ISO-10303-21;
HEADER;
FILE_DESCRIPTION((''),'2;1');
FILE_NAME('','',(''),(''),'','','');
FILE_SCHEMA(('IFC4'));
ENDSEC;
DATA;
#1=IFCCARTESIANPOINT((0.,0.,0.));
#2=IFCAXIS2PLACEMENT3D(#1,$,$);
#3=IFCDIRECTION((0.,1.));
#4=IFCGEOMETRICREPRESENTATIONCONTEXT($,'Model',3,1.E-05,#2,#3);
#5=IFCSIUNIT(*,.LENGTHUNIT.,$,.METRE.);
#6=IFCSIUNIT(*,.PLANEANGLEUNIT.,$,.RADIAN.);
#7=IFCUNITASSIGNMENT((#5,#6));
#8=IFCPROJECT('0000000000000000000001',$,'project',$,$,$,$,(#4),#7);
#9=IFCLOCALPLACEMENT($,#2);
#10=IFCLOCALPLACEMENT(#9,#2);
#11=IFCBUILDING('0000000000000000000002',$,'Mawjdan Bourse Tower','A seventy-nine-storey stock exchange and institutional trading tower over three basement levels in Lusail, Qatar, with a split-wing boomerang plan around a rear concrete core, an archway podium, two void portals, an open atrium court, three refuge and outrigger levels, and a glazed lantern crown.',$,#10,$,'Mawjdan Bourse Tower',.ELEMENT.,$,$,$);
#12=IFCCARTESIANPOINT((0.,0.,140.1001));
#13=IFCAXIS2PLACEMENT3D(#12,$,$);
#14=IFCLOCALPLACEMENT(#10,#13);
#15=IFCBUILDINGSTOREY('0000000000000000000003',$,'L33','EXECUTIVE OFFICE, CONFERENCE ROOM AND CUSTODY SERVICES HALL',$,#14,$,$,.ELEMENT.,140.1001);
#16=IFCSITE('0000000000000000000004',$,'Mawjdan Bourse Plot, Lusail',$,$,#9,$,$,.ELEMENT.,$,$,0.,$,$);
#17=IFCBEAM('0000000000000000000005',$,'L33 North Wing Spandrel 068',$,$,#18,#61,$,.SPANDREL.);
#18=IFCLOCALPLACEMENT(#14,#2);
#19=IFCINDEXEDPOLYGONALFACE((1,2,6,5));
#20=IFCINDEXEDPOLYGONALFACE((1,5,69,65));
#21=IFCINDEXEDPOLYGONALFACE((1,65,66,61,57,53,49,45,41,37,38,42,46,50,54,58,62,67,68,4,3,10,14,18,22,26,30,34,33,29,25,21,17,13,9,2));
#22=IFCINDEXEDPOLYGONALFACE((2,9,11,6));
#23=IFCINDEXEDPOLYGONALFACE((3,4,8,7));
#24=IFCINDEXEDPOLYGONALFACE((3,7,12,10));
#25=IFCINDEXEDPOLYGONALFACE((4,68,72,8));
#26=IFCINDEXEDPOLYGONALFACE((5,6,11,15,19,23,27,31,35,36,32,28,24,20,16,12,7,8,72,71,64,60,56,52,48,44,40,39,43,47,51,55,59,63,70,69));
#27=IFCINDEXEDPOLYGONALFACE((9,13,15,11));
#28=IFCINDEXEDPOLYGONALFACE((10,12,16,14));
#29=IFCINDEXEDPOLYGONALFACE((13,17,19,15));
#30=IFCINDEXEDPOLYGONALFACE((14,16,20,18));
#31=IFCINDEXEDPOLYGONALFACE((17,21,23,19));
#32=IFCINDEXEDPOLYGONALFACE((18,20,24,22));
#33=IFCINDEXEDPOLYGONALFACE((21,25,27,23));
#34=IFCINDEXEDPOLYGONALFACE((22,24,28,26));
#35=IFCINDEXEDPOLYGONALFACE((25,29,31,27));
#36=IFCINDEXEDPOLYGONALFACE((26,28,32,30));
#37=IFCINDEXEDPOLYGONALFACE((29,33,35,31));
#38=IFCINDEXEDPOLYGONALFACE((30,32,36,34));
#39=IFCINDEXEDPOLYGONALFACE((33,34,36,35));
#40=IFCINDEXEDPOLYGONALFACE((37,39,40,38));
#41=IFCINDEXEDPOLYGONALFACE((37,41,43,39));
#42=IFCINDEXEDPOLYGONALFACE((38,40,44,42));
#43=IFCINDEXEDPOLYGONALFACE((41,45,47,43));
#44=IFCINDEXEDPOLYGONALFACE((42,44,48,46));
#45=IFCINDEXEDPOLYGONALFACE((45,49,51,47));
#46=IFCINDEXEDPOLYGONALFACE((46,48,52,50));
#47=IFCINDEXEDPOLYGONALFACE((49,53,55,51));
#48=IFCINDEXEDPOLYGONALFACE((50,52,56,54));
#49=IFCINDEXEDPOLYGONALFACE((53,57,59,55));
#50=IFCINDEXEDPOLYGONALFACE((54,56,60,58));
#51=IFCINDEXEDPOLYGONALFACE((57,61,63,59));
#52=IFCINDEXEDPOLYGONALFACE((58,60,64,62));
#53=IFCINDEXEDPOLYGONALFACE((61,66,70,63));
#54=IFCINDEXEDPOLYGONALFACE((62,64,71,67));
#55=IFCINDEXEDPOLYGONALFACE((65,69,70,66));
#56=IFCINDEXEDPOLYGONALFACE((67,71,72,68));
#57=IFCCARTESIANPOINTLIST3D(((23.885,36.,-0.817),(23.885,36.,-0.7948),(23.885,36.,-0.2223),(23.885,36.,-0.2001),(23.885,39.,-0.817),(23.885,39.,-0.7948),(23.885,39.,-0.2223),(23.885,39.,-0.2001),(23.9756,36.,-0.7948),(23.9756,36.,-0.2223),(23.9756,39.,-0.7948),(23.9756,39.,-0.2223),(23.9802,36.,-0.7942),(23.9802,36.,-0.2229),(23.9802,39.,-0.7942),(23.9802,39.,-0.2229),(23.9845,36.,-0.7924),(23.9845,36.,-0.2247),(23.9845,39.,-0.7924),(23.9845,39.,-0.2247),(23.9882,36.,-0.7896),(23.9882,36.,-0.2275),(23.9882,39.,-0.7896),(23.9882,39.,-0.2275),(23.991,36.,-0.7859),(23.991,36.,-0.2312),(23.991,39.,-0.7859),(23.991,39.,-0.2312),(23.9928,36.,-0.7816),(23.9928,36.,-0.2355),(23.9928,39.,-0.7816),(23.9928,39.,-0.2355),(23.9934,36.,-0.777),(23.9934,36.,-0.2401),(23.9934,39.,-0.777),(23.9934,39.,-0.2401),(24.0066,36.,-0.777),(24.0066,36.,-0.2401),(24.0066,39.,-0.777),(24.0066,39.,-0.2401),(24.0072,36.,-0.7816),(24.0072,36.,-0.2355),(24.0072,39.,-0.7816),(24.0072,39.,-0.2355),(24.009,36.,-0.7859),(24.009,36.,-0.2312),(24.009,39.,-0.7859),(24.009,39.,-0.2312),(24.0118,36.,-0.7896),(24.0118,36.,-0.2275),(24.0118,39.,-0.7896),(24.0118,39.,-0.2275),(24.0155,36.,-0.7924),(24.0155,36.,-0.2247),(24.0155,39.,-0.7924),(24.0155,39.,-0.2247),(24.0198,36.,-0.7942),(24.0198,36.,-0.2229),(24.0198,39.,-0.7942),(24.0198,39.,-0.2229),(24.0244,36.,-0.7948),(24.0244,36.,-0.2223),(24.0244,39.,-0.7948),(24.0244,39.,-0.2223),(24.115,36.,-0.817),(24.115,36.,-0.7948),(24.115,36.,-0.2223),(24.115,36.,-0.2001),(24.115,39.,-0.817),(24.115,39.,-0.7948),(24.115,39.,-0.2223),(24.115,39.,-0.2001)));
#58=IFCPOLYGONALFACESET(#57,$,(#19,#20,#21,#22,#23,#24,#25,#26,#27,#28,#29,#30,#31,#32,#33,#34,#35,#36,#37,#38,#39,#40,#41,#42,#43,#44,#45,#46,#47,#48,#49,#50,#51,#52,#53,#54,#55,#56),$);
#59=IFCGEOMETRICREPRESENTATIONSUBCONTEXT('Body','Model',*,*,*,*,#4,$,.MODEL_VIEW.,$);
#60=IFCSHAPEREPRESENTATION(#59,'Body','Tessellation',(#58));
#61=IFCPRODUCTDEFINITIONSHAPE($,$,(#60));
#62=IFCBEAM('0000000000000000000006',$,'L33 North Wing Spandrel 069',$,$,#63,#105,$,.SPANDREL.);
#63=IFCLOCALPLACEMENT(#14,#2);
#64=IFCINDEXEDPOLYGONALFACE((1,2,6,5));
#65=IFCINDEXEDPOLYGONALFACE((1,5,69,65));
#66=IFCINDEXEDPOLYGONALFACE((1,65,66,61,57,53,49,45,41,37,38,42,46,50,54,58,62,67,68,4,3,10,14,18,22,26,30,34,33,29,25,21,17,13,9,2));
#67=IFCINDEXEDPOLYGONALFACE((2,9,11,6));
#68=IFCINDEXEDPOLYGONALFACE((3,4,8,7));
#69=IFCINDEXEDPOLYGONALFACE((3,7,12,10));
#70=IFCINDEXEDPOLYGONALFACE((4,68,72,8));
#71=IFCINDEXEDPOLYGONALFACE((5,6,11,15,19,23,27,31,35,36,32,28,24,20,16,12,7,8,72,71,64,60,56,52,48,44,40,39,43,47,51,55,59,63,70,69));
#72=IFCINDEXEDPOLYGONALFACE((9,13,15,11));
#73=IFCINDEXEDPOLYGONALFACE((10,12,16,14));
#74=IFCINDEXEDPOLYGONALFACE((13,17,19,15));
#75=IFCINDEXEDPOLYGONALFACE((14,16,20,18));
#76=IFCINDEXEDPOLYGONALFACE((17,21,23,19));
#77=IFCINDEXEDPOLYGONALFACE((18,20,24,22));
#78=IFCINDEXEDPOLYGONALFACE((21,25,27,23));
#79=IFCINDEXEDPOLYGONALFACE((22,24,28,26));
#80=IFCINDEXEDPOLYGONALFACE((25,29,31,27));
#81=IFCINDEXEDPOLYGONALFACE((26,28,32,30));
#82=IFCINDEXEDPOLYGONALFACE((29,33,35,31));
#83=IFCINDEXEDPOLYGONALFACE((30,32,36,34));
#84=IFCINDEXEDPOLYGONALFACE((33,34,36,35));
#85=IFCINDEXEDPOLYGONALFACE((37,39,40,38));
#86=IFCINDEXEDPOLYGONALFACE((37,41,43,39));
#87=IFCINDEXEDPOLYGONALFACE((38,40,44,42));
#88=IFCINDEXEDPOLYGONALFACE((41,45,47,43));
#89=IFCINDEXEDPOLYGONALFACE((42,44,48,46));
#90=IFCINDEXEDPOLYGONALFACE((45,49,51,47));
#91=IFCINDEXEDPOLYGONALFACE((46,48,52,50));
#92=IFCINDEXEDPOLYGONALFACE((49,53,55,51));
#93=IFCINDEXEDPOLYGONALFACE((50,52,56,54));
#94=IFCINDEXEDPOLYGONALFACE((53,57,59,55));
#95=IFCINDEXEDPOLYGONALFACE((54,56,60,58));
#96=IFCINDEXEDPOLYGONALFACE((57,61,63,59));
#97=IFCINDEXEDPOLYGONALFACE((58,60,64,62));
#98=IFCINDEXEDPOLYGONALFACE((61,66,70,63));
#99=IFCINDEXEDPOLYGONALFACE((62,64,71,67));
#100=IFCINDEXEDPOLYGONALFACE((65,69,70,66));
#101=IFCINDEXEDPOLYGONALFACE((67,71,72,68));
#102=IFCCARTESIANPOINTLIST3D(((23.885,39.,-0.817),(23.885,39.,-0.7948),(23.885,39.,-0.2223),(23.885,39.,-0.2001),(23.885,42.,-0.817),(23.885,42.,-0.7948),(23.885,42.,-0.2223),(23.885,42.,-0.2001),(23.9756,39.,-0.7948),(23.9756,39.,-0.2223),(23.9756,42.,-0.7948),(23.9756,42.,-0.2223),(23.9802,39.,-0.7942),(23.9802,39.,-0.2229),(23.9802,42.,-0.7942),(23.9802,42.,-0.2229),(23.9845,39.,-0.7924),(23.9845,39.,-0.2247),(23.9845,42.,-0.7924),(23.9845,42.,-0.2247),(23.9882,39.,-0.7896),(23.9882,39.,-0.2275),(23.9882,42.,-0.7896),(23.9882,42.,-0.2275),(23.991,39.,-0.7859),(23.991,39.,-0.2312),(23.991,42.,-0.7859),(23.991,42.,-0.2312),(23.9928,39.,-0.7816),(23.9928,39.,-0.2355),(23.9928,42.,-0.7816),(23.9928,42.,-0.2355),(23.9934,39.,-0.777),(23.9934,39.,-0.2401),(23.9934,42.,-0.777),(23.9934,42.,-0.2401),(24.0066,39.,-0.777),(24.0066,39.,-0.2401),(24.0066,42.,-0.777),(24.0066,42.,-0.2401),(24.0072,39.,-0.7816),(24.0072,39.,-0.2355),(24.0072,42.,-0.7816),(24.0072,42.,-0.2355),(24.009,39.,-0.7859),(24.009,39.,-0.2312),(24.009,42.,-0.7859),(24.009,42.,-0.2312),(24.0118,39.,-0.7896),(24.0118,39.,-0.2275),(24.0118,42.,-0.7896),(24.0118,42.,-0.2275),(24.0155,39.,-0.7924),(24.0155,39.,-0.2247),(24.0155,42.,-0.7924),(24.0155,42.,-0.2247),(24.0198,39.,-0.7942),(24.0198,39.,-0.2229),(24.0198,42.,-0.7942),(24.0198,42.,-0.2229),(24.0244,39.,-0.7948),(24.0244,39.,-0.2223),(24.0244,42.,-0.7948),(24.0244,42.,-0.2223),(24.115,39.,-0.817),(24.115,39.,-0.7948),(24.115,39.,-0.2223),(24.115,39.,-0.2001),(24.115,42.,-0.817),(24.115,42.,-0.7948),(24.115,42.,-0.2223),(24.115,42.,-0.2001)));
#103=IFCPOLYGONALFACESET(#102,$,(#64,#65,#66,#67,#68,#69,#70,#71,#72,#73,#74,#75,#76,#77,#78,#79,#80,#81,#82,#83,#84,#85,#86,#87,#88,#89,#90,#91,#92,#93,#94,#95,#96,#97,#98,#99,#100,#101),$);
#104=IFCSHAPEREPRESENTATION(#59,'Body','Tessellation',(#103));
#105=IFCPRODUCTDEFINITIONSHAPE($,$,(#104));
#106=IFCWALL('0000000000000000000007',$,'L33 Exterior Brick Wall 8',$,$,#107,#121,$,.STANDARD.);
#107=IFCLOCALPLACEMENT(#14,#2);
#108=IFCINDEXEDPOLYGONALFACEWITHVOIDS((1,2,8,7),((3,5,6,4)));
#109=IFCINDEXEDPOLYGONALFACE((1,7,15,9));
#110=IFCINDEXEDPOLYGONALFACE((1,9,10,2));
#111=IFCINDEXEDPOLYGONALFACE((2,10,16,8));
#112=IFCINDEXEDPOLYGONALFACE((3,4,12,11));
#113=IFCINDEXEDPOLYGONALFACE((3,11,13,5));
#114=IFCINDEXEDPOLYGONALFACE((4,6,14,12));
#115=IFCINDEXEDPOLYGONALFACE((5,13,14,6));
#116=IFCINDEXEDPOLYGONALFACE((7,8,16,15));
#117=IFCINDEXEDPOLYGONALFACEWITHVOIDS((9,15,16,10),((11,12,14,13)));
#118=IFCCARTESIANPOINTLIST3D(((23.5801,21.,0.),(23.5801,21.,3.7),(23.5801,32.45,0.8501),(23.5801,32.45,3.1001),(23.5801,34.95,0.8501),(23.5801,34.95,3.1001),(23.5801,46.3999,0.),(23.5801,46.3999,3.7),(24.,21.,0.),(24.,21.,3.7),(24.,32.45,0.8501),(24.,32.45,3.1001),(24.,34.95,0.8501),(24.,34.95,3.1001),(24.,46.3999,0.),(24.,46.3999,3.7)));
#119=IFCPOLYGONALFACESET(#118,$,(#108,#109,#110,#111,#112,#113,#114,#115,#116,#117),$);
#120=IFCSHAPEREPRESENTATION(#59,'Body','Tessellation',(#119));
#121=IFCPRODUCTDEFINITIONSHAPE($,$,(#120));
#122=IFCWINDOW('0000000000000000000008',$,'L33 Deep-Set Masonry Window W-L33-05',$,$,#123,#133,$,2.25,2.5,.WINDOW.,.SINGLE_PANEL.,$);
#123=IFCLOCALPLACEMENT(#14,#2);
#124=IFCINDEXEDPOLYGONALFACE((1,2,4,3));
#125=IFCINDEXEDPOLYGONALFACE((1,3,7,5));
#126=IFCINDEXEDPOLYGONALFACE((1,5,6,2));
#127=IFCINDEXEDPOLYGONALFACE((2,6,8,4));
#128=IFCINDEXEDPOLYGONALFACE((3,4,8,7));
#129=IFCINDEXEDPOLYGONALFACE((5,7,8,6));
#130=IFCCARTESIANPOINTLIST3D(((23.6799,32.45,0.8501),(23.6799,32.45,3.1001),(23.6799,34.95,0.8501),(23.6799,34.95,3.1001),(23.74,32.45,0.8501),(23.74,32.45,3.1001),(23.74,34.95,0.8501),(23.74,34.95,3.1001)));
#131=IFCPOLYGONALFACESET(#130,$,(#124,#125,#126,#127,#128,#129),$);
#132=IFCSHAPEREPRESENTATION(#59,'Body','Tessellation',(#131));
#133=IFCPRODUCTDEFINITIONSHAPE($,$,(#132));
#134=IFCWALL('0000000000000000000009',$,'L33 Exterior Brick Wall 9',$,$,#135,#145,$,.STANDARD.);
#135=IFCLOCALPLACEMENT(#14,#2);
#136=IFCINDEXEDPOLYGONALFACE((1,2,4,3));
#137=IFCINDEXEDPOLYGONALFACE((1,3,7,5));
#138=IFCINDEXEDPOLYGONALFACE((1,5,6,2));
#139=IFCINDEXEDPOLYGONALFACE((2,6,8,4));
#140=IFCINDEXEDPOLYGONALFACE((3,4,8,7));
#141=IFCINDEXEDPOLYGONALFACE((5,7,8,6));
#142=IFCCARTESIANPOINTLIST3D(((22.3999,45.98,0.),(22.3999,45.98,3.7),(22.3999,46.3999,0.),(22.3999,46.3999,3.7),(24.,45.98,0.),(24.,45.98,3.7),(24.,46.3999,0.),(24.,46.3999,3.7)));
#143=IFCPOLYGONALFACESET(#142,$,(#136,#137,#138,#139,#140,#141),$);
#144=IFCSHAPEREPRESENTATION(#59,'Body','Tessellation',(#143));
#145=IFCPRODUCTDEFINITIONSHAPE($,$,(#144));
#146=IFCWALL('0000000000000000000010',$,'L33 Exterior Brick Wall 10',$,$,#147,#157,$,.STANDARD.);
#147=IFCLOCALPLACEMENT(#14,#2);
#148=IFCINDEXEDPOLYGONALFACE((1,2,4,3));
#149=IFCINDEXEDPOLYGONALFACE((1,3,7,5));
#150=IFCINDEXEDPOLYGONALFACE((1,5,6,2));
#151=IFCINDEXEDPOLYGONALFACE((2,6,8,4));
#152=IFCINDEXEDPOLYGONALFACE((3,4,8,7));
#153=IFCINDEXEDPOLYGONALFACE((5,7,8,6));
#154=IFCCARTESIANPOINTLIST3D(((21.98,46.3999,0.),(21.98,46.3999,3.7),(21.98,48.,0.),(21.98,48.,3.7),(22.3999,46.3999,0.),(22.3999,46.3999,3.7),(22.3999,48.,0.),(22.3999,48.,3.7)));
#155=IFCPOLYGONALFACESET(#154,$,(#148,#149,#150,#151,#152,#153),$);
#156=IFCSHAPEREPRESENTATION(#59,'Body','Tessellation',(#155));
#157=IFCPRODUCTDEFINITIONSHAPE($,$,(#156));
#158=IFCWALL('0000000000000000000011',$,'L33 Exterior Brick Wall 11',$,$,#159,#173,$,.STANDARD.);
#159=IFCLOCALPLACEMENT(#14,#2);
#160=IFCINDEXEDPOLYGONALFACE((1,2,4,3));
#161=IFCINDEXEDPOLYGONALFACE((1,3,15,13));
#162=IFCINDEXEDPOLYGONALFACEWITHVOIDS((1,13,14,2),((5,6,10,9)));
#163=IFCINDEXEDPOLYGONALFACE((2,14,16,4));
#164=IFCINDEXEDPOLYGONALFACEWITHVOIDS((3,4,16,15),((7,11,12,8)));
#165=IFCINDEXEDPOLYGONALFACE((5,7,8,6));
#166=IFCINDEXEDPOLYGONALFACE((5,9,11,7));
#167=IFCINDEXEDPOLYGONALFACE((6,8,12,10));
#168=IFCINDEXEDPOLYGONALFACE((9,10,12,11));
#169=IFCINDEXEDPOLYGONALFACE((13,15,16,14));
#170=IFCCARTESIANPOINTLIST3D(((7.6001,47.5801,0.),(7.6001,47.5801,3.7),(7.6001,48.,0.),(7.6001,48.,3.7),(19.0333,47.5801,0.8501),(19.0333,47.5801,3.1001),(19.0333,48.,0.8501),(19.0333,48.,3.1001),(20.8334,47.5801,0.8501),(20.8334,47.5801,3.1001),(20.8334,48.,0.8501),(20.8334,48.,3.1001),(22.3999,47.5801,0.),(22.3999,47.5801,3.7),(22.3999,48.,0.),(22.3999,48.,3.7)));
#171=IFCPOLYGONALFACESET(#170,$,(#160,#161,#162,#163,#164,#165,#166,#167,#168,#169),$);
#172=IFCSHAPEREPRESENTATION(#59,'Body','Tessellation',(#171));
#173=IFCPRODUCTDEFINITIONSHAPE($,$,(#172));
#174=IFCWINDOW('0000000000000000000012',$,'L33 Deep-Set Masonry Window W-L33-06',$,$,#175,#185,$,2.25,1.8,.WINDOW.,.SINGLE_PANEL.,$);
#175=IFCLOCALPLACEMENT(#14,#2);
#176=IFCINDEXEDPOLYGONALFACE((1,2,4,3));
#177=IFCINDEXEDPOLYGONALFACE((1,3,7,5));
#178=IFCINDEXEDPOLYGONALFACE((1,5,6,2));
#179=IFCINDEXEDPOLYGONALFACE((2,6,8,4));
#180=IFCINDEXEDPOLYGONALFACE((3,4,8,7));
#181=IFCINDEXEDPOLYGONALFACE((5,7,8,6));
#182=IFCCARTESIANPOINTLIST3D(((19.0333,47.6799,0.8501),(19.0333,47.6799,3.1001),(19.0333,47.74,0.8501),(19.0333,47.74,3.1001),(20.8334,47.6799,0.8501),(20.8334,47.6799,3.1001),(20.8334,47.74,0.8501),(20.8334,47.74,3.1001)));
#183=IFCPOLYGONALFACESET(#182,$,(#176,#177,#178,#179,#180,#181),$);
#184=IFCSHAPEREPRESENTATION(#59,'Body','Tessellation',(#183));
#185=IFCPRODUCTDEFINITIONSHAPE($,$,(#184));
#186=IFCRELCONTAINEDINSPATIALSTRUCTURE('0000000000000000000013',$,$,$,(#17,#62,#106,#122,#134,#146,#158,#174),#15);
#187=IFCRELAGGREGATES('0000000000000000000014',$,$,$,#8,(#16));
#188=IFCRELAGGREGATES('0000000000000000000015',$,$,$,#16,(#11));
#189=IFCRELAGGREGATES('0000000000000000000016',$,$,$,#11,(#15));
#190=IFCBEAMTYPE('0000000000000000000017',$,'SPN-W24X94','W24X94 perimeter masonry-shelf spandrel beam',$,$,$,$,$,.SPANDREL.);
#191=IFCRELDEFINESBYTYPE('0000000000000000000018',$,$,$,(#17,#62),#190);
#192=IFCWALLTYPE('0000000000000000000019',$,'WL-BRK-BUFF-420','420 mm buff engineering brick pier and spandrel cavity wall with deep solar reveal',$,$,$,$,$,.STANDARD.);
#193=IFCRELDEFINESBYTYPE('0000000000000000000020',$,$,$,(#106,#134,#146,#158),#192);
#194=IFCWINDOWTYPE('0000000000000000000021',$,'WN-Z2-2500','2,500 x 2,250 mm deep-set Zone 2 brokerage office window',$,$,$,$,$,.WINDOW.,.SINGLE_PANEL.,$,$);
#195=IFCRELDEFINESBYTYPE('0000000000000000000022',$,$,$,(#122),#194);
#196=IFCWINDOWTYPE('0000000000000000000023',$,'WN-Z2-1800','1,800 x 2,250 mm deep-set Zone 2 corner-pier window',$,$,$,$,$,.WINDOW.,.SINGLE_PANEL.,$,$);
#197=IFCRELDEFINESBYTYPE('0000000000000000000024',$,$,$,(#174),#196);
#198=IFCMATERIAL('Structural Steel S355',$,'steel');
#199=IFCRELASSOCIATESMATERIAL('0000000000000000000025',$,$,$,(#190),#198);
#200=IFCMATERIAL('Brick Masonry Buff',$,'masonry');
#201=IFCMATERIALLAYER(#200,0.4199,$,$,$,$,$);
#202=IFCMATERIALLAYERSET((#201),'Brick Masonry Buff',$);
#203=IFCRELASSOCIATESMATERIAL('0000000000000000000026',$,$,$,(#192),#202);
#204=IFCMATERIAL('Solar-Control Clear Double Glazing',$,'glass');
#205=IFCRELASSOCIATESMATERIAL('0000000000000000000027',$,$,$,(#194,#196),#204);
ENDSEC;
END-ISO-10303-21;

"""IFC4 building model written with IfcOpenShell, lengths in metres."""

from ifc_helpers import new_model, si_unit, direction, frame, frame_2d, origin, origin_2d, place, context, subcontext, project, spatial, rectangle, i_section, extrude, material, layer, layer_set, material_profile, profile_set, type_object, element, fill, save


model = new_model("IFC4")

# Units and contexts
model_context = context("Model", 3, precision=1e-05, world=origin(), true_north=direction((0.0, 1.0)))
body_context = subcontext(model_context, "Body", "Model", "MODEL_VIEW")
ifc_project = project(units=[si_unit("LENGTHUNIT", "METRE"), si_unit("PLANEANGLEUNIT", "RADIAN")], contexts=[model_context])

# Site, building, storey
site_placement = place(None, origin())
site = spatial("IfcSite", under=ifc_project, at=site_placement, Name="Mawjdan Bourse Plot, Lusail", CompositionType="ELEMENT", RefElevation=0.0)
building_placement = place(site_placement, origin())
building = spatial("IfcBuilding", under=site, at=building_placement, Name="Mawjdan Bourse Tower", Description="A seventy-nine-storey stock exchange and institutional trading tower over three basement levels in Lusail, Qatar, with a split-wing boomerang plan around a rear concrete core, an archway podium, two void portals, an open atrium court, three refuge and outrigger levels, and a glazed lantern crown.", LongName="Mawjdan Bourse Tower", CompositionType="ELEMENT")
storey_placement = place(building_placement, frame((0.0, 0.0, 140.1001)))
storey = spatial("IfcBuildingStorey", under=building, at=storey_placement, Name="L33", Description="EXECUTIVE OFFICE, CONFERENCE ROOM AND CUSTODY SERVICES HALL", CompositionType="ELEMENT", Elevation=140.1001)

# Beams
ifc_material_1 = material(Name="Structural Steel S355", Category="steel")
ifc_material_profile_1 = material_profile(ifc_material_1, i_section(OverallWidth=0.23, OverallDepth=0.6169, WebThickness=0.0132, FlangeThickness=0.0222, FilletRadius=0.0178, at=origin_2d()), Name="W24X94")
ifc_profile_set_1 = profile_set([ifc_material_profile_1], Name="Structural Steel S355")
beam_type_1 = type_object("IfcBeamType", Name="SPN-W24X94", Description="W24X94 perimeter masonry-shelf spandrel beam", PredefinedType="SPANDREL", material=ifc_profile_set_1)
for number, where, z_axis, x_axis, name in (
    (1, (24.0, 36.0, -0.5085), (0.0, 1.0, 0.0), (-1.0, 0.0, 0.0), "L33 North Wing Spandrel 068"),
    (2, (24.0, 39.0, -0.5085), (0.0, 1.0, 0.0), (-1.0, 0.0, 0.0), "L33 North Wing Spandrel 069"),
):
    element("IfcBeam", number, at=place(storey_placement, frame(where, z_axis=z_axis, x_axis=x_axis)), inside=storey, type_object=beam_type_1, Name=name, PredefinedType="SPANDREL", context=body_context, shape_type="SweptSolid", body=[
        extrude(i_section(OverallWidth=0.23, OverallDepth=0.6169, WebThickness=0.0132, FlangeThickness=0.0222, FilletRadius=0.0178, at=origin_2d()), origin(), (0.0, 0.0, 1.0), 3.0),
    ])

# Wall, opening, window
ifc_material_2 = material(Name="Brick Masonry Buff", Category="masonry")
ifc_layer_1 = layer(ifc_material_2, 0.4199)
ifc_layer_set_1 = layer_set([ifc_layer_1], Name="Brick Masonry Buff")
wall_type_1 = type_object("IfcWallType", Name="WL-BRK-BUFF-420", Description="420 mm buff engineering brick pier and spandrel cavity wall with deep solar reveal", PredefinedType="STANDARD", material=ifc_layer_set_1)
wall_1_placement = place(storey_placement, frame((23.79, 21.0, 0.0), z_axis=(0.0, 0.0, 1.0), x_axis=(0.0, 1.0, 0.0)))
wall_1 = element("IfcWall", 3, at=wall_1_placement, inside=storey, type_object=wall_type_1, Name="L33 Exterior Brick Wall 8", PredefinedType="STANDARD", context=body_context, shape_type="SweptSolid", body=[
    extrude(rectangle(XDim=25.3999, YDim=0.4199, at=frame_2d((12.7, 0.0))), origin(), (0.0, 0.0, 1.0), 3.7),
])
opening_1_placement = place(wall_1_placement, frame((11.45, 0.0, 0.8501)))
opening_1 = element("IfcOpeningElement", 4, at=opening_1_placement, cuts=wall_1, PredefinedType="OPENING", context=body_context, shape_type="SweptSolid", body=[
    extrude(rectangle(XDim=2.5, YDim=2.25, at=frame_2d((1.25, 1.125))), frame((0.0, 0.22, 0.0), z_axis=(0.0, -1.0, 0.0), x_axis=(1.0, 0.0, 0.0)), (0.0, 0.0, 1.0), 0.4399),
])
ifc_material_3 = material(Name="Solar-Control Clear Double Glazing", Category="glass")
window_type_1 = type_object("IfcWindowType", Name="WN-Z2-2500", Description="2,500 x 2,250 mm deep-set Zone 2 brokerage office window", PartitioningType="SINGLE_PANEL", PredefinedType="WINDOW", material=ifc_material_3)
window_1_placement = place(opening_1_placement, origin())
window_1 = element("IfcWindow", 5, at=window_1_placement, inside=storey, type_object=window_type_1, Name="L33 Deep-Set Masonry Window W-L33-05", OverallHeight=2.25, OverallWidth=2.5, PartitioningType="SINGLE_PANEL", PredefinedType="WINDOW", context=body_context, shape_type="SweptSolid", body=[
    extrude(rectangle(XDim=2.5, YDim=2.25, at=frame_2d((1.25, 1.125))), frame((0.0, 0.1101, 0.0), z_axis=(0.0, -1.0, 0.0), x_axis=(1.0, 0.0, 0.0)), (0.0, 0.0, 1.0), 0.0601),
])
fill(opening_1, window_1)

# Walls
for number, where, z_axis, x_axis, name in (
    (6, (24.0, 46.1899, 0.0), (0.0, 0.0, 1.0), (-1.0, 0.0, 0.0), "L33 Exterior Brick Wall 9"),
    (7, (22.1899, 46.3999, 0.0), (0.0, 0.0, 1.0), (0.0, 1.0, 0.0), "L33 Exterior Brick Wall 10"),
):
    element("IfcWall", number, at=place(storey_placement, frame(where, z_axis=z_axis, x_axis=x_axis)), inside=storey, type_object=wall_type_1, Name=name, PredefinedType="STANDARD", context=body_context, shape_type="SweptSolid", body=[
        extrude(rectangle(XDim=1.6001, YDim=0.4199, at=frame_2d((0.8, 0.0))), origin(), (0.0, 0.0, 1.0), 3.7),
    ])

# Wall, opening, window
wall_2_placement = place(storey_placement, frame((22.3999, 47.79, 0.0), z_axis=(0.0, 0.0, 1.0), x_axis=(-1.0, 0.0, 0.0)))
wall_2 = element("IfcWall", 8, at=wall_2_placement, inside=storey, type_object=wall_type_1, Name="L33 Exterior Brick Wall 11", PredefinedType="STANDARD", context=body_context, shape_type="SweptSolid", body=[
    extrude(rectangle(XDim=14.7998, YDim=0.4199, at=frame_2d((7.3999, 0.0))), origin(), (0.0, 0.0, 1.0), 3.7),
])
opening_2_placement = place(wall_2_placement, frame((1.5667, 0.0, 0.8501)))
opening_2 = element("IfcOpeningElement", 9, at=opening_2_placement, cuts=wall_2, PredefinedType="OPENING", context=body_context, shape_type="SweptSolid", body=[
    extrude(rectangle(XDim=1.8, YDim=2.25, at=frame_2d((0.8999, 1.125))), frame((0.0, 0.22, 0.0), z_axis=(0.0, -1.0, 0.0), x_axis=(1.0, 0.0, 0.0)), (0.0, 0.0, 1.0), 0.4399),
])
window_type_2 = type_object("IfcWindowType", Name="WN-Z2-1800", Description="1,800 x 2,250 mm deep-set Zone 2 corner-pier window", PartitioningType="SINGLE_PANEL", PredefinedType="WINDOW", material=ifc_material_3)
window_2_placement = place(opening_2_placement, origin())
window_2 = element("IfcWindow", 10, at=window_2_placement, inside=storey, type_object=window_type_2, Name="L33 Deep-Set Masonry Window W-L33-06", OverallHeight=2.25, OverallWidth=1.8, PartitioningType="SINGLE_PANEL", PredefinedType="WINDOW", context=body_context, shape_type="SweptSolid", body=[
    extrude(rectangle(XDim=1.8, YDim=2.25, at=frame_2d((0.8999, 1.125))), frame((0.0, 0.1101, 0.0), z_axis=(0.0, -1.0, 0.0), x_axis=(1.0, 0.0, 0.0)), (0.0, 0.0, 1.0), 0.0601),
])
fill(opening_2, window_2)

save(model, "model.ifc")
